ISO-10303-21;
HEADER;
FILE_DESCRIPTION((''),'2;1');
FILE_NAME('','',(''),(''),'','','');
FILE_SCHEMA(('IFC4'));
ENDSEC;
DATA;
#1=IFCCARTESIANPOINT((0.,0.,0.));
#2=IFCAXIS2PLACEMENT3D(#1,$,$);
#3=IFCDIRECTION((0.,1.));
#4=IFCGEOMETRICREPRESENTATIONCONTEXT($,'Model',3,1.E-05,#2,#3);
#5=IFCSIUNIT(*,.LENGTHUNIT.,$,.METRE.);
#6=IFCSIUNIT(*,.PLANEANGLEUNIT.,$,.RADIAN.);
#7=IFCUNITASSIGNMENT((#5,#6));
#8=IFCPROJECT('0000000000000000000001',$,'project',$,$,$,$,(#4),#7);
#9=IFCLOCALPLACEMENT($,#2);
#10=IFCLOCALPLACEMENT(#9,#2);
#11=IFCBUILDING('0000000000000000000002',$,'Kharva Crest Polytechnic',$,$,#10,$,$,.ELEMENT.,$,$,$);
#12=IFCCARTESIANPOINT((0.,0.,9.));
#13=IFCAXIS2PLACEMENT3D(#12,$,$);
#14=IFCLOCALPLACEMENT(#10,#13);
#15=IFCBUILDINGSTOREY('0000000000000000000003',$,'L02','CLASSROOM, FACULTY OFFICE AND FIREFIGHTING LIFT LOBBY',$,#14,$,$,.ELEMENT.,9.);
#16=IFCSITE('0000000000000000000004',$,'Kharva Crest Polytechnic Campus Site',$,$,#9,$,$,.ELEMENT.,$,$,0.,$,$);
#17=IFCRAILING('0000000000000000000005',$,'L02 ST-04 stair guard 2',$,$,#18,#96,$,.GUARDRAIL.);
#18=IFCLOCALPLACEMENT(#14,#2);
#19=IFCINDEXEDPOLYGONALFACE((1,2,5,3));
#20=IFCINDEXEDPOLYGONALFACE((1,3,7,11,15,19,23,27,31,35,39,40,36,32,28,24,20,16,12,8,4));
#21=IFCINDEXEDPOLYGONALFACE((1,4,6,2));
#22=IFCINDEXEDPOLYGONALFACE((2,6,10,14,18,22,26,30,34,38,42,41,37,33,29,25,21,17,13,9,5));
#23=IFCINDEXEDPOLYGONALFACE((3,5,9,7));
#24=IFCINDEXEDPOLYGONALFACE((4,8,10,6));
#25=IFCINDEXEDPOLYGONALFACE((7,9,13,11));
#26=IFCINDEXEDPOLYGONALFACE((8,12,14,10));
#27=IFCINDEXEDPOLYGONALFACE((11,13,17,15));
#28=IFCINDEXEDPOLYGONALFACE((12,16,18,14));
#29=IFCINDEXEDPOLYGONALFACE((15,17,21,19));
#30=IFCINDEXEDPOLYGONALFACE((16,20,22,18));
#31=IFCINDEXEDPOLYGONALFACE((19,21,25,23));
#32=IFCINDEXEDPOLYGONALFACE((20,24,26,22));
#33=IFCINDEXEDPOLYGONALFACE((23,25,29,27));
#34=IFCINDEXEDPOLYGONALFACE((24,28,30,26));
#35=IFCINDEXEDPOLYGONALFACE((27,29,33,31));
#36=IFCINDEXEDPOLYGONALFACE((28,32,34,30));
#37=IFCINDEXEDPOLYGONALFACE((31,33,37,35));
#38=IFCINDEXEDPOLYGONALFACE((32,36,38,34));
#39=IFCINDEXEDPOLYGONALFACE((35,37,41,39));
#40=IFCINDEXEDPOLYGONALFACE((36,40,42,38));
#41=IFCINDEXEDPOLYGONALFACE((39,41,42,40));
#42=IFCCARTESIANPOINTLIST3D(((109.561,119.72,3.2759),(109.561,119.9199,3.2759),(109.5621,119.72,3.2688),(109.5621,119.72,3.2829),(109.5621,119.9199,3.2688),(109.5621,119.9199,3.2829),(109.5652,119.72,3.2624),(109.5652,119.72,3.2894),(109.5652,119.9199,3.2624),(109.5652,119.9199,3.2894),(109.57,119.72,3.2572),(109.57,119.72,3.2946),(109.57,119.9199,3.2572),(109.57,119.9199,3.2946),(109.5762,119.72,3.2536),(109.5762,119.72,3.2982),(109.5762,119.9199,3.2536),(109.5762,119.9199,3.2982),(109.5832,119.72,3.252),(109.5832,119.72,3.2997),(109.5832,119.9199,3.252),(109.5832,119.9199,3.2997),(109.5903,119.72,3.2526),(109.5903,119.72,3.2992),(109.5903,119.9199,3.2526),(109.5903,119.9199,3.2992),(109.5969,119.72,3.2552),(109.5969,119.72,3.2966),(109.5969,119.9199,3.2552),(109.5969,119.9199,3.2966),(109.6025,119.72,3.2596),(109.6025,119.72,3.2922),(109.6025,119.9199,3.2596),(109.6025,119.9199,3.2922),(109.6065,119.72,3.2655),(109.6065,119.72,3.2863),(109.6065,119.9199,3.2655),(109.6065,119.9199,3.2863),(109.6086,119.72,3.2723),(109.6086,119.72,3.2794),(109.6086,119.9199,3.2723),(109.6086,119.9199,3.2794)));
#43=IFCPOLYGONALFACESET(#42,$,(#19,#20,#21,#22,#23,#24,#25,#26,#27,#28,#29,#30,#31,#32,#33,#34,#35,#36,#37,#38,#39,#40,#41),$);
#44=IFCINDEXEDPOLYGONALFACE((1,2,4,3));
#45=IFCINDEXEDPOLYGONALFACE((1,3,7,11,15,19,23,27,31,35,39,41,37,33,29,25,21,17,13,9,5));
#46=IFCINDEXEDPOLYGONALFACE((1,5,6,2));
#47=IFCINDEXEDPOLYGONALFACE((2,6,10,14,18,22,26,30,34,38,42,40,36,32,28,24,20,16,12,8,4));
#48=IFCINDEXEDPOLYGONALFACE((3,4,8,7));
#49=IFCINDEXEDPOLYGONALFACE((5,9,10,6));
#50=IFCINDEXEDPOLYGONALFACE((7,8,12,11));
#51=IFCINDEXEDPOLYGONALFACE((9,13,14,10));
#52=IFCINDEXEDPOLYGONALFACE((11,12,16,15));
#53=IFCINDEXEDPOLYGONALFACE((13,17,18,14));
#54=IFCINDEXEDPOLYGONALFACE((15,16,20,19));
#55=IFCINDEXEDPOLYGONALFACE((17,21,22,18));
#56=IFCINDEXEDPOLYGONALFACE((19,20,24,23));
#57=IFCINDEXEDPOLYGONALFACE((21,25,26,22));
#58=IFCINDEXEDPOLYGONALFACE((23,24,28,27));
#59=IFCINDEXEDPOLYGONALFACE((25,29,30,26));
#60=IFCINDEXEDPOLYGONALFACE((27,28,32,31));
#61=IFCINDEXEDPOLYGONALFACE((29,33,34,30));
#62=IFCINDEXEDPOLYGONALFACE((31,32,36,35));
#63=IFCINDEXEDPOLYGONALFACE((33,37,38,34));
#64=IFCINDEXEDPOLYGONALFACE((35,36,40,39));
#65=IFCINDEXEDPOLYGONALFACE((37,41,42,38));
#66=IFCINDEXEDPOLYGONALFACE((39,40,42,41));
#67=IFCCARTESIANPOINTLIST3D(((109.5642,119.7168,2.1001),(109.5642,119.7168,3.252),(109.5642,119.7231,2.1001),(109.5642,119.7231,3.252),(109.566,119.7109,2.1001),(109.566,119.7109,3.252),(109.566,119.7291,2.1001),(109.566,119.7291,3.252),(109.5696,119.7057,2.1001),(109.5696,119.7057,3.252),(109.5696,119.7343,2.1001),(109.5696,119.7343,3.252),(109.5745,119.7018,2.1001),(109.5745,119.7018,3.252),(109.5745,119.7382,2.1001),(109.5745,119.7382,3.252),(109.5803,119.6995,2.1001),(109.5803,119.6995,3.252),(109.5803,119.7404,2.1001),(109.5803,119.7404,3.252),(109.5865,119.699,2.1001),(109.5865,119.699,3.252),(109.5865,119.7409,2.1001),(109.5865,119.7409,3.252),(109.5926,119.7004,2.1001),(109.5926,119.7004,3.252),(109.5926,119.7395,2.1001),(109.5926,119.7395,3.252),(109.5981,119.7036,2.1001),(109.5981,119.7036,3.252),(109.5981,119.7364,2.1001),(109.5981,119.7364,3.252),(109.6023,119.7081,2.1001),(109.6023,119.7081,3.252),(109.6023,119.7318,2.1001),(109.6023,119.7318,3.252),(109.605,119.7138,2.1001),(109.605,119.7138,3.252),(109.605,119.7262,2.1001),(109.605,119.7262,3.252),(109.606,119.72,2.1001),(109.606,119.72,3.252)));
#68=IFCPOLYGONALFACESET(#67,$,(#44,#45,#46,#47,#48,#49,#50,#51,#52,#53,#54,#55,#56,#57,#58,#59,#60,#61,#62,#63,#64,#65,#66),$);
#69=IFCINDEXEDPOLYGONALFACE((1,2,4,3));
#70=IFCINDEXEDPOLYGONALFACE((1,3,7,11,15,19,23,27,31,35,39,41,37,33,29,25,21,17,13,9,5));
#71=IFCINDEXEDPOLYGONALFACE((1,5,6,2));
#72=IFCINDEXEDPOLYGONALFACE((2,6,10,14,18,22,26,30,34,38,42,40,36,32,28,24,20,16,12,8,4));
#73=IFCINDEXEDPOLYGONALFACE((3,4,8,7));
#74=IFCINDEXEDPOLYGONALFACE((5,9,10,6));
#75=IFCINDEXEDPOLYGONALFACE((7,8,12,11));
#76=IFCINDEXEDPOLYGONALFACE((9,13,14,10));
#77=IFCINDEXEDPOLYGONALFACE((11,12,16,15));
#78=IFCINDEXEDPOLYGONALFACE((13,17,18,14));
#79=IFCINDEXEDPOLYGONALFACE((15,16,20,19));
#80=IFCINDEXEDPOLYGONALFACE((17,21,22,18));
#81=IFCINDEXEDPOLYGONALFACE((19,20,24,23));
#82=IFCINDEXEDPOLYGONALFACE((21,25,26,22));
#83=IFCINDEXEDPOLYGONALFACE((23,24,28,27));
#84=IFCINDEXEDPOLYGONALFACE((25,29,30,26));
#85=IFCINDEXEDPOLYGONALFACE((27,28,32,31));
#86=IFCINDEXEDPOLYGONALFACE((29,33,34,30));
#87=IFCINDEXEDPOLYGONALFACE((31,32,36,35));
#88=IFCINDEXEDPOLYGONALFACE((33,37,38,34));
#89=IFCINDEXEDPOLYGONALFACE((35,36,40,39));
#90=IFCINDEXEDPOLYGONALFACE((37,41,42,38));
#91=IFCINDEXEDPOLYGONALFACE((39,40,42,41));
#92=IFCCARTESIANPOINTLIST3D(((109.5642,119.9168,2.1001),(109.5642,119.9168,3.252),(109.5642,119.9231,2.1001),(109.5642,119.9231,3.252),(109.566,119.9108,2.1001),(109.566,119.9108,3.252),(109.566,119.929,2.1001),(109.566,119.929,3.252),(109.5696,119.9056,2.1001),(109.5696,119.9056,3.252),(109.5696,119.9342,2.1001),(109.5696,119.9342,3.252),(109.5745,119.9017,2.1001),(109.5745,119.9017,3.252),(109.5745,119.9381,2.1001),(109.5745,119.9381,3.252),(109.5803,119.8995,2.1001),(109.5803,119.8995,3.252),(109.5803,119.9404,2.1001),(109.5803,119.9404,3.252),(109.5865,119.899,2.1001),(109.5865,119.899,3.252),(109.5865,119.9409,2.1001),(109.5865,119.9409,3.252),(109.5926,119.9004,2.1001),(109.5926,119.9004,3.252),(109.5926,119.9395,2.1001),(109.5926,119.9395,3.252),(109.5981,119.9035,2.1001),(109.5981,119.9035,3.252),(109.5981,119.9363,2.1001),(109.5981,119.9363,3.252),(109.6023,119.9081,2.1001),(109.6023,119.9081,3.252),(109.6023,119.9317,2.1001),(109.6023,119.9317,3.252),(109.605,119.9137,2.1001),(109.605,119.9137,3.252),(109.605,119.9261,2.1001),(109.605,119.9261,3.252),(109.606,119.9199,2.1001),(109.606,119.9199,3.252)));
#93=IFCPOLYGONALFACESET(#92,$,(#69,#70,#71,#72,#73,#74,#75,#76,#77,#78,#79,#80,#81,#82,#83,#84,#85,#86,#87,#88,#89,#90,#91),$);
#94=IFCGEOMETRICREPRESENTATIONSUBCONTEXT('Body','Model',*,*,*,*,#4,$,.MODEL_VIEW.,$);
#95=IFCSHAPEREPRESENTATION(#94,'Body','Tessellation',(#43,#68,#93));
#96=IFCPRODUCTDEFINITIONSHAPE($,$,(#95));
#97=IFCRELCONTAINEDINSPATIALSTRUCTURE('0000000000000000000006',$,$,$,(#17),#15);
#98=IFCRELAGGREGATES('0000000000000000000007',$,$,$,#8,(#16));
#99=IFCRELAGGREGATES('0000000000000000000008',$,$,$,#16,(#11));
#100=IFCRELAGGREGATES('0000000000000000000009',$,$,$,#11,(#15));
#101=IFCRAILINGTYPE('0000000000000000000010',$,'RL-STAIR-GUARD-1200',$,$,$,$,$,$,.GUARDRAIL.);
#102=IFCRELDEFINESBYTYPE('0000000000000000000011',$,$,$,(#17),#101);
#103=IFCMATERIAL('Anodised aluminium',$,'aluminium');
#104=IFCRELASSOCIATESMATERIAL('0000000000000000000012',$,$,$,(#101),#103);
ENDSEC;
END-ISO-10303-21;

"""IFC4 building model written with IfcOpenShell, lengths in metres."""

from ifc_helpers import new_model, si_unit, direction, frame, origin, origin_2d, place, context, subcontext, project, spatial, circle, extrude, material, type_object, element, save


model = new_model("IFC4")

# Units and contexts
model_context = context("Model", 3, precision=1e-05, world=origin(), true_north=direction((0.0, 1.0)))
body_context = subcontext(model_context, "Body", "Model", "MODEL_VIEW")
ifc_project = project(units=[si_unit("LENGTHUNIT", "METRE"), si_unit("PLANEANGLEUNIT", "RADIAN")], contexts=[model_context])

# Site, building, storey
site_placement = place(None, origin())
site = spatial("IfcSite", under=ifc_project, at=site_placement, Name="Kharva Crest Polytechnic Campus Site", CompositionType="ELEMENT", RefElevation=0.0)
building_placement = place(site_placement, origin())
building = spatial("IfcBuilding", under=site, at=building_placement, Name="Kharva Crest Polytechnic", CompositionType="ELEMENT")
storey_placement = place(building_placement, frame((0.0, 0.0, 9.0)))
storey = spatial("IfcBuildingStorey", under=building, at=storey_placement, Name="L02", Description="CLASSROOM, FACULTY OFFICE AND FIREFIGHTING LIFT LOBBY", CompositionType="ELEMENT", Elevation=9.0)

# Railing
ifc_material_1 = material(Name="Anodised aluminium", Category="aluminium")
railing_type_1 = type_object("IfcRailingType", Name="RL-STAIR-GUARD-1200", PredefinedType="GUARDRAIL", material=ifc_material_1)
railing_1_placement = place(storey_placement, frame((109.585, 119.72, 2.1001)))
element("IfcRailing", 1, at=railing_1_placement, inside=storey, type_object=railing_type_1, Name="L02 ST-04 stair guard 2", PredefinedType="GUARDRAIL", context=body_context, shape_type="SweptSolid", body=[
    extrude(circle(Radius=0.0239, at=origin_2d()), frame((0.0, 0.0, 1.1758), z_axis=(0.0, 1.0, 0.0), x_axis=(-1.0, 0.0, 0.0)), (0.0, 0.0, 1.0), 0.2),
    extrude(circle(Radius=0.021, at=origin_2d()), origin(), (0.0, 0.0, 1.0), 1.1519),
    extrude(circle(Radius=0.021, at=origin_2d()), frame((0.0, 0.2, 0.0)), (0.0, 0.0, 1.0), 1.1519),
])

save(model, "model.ifc")
